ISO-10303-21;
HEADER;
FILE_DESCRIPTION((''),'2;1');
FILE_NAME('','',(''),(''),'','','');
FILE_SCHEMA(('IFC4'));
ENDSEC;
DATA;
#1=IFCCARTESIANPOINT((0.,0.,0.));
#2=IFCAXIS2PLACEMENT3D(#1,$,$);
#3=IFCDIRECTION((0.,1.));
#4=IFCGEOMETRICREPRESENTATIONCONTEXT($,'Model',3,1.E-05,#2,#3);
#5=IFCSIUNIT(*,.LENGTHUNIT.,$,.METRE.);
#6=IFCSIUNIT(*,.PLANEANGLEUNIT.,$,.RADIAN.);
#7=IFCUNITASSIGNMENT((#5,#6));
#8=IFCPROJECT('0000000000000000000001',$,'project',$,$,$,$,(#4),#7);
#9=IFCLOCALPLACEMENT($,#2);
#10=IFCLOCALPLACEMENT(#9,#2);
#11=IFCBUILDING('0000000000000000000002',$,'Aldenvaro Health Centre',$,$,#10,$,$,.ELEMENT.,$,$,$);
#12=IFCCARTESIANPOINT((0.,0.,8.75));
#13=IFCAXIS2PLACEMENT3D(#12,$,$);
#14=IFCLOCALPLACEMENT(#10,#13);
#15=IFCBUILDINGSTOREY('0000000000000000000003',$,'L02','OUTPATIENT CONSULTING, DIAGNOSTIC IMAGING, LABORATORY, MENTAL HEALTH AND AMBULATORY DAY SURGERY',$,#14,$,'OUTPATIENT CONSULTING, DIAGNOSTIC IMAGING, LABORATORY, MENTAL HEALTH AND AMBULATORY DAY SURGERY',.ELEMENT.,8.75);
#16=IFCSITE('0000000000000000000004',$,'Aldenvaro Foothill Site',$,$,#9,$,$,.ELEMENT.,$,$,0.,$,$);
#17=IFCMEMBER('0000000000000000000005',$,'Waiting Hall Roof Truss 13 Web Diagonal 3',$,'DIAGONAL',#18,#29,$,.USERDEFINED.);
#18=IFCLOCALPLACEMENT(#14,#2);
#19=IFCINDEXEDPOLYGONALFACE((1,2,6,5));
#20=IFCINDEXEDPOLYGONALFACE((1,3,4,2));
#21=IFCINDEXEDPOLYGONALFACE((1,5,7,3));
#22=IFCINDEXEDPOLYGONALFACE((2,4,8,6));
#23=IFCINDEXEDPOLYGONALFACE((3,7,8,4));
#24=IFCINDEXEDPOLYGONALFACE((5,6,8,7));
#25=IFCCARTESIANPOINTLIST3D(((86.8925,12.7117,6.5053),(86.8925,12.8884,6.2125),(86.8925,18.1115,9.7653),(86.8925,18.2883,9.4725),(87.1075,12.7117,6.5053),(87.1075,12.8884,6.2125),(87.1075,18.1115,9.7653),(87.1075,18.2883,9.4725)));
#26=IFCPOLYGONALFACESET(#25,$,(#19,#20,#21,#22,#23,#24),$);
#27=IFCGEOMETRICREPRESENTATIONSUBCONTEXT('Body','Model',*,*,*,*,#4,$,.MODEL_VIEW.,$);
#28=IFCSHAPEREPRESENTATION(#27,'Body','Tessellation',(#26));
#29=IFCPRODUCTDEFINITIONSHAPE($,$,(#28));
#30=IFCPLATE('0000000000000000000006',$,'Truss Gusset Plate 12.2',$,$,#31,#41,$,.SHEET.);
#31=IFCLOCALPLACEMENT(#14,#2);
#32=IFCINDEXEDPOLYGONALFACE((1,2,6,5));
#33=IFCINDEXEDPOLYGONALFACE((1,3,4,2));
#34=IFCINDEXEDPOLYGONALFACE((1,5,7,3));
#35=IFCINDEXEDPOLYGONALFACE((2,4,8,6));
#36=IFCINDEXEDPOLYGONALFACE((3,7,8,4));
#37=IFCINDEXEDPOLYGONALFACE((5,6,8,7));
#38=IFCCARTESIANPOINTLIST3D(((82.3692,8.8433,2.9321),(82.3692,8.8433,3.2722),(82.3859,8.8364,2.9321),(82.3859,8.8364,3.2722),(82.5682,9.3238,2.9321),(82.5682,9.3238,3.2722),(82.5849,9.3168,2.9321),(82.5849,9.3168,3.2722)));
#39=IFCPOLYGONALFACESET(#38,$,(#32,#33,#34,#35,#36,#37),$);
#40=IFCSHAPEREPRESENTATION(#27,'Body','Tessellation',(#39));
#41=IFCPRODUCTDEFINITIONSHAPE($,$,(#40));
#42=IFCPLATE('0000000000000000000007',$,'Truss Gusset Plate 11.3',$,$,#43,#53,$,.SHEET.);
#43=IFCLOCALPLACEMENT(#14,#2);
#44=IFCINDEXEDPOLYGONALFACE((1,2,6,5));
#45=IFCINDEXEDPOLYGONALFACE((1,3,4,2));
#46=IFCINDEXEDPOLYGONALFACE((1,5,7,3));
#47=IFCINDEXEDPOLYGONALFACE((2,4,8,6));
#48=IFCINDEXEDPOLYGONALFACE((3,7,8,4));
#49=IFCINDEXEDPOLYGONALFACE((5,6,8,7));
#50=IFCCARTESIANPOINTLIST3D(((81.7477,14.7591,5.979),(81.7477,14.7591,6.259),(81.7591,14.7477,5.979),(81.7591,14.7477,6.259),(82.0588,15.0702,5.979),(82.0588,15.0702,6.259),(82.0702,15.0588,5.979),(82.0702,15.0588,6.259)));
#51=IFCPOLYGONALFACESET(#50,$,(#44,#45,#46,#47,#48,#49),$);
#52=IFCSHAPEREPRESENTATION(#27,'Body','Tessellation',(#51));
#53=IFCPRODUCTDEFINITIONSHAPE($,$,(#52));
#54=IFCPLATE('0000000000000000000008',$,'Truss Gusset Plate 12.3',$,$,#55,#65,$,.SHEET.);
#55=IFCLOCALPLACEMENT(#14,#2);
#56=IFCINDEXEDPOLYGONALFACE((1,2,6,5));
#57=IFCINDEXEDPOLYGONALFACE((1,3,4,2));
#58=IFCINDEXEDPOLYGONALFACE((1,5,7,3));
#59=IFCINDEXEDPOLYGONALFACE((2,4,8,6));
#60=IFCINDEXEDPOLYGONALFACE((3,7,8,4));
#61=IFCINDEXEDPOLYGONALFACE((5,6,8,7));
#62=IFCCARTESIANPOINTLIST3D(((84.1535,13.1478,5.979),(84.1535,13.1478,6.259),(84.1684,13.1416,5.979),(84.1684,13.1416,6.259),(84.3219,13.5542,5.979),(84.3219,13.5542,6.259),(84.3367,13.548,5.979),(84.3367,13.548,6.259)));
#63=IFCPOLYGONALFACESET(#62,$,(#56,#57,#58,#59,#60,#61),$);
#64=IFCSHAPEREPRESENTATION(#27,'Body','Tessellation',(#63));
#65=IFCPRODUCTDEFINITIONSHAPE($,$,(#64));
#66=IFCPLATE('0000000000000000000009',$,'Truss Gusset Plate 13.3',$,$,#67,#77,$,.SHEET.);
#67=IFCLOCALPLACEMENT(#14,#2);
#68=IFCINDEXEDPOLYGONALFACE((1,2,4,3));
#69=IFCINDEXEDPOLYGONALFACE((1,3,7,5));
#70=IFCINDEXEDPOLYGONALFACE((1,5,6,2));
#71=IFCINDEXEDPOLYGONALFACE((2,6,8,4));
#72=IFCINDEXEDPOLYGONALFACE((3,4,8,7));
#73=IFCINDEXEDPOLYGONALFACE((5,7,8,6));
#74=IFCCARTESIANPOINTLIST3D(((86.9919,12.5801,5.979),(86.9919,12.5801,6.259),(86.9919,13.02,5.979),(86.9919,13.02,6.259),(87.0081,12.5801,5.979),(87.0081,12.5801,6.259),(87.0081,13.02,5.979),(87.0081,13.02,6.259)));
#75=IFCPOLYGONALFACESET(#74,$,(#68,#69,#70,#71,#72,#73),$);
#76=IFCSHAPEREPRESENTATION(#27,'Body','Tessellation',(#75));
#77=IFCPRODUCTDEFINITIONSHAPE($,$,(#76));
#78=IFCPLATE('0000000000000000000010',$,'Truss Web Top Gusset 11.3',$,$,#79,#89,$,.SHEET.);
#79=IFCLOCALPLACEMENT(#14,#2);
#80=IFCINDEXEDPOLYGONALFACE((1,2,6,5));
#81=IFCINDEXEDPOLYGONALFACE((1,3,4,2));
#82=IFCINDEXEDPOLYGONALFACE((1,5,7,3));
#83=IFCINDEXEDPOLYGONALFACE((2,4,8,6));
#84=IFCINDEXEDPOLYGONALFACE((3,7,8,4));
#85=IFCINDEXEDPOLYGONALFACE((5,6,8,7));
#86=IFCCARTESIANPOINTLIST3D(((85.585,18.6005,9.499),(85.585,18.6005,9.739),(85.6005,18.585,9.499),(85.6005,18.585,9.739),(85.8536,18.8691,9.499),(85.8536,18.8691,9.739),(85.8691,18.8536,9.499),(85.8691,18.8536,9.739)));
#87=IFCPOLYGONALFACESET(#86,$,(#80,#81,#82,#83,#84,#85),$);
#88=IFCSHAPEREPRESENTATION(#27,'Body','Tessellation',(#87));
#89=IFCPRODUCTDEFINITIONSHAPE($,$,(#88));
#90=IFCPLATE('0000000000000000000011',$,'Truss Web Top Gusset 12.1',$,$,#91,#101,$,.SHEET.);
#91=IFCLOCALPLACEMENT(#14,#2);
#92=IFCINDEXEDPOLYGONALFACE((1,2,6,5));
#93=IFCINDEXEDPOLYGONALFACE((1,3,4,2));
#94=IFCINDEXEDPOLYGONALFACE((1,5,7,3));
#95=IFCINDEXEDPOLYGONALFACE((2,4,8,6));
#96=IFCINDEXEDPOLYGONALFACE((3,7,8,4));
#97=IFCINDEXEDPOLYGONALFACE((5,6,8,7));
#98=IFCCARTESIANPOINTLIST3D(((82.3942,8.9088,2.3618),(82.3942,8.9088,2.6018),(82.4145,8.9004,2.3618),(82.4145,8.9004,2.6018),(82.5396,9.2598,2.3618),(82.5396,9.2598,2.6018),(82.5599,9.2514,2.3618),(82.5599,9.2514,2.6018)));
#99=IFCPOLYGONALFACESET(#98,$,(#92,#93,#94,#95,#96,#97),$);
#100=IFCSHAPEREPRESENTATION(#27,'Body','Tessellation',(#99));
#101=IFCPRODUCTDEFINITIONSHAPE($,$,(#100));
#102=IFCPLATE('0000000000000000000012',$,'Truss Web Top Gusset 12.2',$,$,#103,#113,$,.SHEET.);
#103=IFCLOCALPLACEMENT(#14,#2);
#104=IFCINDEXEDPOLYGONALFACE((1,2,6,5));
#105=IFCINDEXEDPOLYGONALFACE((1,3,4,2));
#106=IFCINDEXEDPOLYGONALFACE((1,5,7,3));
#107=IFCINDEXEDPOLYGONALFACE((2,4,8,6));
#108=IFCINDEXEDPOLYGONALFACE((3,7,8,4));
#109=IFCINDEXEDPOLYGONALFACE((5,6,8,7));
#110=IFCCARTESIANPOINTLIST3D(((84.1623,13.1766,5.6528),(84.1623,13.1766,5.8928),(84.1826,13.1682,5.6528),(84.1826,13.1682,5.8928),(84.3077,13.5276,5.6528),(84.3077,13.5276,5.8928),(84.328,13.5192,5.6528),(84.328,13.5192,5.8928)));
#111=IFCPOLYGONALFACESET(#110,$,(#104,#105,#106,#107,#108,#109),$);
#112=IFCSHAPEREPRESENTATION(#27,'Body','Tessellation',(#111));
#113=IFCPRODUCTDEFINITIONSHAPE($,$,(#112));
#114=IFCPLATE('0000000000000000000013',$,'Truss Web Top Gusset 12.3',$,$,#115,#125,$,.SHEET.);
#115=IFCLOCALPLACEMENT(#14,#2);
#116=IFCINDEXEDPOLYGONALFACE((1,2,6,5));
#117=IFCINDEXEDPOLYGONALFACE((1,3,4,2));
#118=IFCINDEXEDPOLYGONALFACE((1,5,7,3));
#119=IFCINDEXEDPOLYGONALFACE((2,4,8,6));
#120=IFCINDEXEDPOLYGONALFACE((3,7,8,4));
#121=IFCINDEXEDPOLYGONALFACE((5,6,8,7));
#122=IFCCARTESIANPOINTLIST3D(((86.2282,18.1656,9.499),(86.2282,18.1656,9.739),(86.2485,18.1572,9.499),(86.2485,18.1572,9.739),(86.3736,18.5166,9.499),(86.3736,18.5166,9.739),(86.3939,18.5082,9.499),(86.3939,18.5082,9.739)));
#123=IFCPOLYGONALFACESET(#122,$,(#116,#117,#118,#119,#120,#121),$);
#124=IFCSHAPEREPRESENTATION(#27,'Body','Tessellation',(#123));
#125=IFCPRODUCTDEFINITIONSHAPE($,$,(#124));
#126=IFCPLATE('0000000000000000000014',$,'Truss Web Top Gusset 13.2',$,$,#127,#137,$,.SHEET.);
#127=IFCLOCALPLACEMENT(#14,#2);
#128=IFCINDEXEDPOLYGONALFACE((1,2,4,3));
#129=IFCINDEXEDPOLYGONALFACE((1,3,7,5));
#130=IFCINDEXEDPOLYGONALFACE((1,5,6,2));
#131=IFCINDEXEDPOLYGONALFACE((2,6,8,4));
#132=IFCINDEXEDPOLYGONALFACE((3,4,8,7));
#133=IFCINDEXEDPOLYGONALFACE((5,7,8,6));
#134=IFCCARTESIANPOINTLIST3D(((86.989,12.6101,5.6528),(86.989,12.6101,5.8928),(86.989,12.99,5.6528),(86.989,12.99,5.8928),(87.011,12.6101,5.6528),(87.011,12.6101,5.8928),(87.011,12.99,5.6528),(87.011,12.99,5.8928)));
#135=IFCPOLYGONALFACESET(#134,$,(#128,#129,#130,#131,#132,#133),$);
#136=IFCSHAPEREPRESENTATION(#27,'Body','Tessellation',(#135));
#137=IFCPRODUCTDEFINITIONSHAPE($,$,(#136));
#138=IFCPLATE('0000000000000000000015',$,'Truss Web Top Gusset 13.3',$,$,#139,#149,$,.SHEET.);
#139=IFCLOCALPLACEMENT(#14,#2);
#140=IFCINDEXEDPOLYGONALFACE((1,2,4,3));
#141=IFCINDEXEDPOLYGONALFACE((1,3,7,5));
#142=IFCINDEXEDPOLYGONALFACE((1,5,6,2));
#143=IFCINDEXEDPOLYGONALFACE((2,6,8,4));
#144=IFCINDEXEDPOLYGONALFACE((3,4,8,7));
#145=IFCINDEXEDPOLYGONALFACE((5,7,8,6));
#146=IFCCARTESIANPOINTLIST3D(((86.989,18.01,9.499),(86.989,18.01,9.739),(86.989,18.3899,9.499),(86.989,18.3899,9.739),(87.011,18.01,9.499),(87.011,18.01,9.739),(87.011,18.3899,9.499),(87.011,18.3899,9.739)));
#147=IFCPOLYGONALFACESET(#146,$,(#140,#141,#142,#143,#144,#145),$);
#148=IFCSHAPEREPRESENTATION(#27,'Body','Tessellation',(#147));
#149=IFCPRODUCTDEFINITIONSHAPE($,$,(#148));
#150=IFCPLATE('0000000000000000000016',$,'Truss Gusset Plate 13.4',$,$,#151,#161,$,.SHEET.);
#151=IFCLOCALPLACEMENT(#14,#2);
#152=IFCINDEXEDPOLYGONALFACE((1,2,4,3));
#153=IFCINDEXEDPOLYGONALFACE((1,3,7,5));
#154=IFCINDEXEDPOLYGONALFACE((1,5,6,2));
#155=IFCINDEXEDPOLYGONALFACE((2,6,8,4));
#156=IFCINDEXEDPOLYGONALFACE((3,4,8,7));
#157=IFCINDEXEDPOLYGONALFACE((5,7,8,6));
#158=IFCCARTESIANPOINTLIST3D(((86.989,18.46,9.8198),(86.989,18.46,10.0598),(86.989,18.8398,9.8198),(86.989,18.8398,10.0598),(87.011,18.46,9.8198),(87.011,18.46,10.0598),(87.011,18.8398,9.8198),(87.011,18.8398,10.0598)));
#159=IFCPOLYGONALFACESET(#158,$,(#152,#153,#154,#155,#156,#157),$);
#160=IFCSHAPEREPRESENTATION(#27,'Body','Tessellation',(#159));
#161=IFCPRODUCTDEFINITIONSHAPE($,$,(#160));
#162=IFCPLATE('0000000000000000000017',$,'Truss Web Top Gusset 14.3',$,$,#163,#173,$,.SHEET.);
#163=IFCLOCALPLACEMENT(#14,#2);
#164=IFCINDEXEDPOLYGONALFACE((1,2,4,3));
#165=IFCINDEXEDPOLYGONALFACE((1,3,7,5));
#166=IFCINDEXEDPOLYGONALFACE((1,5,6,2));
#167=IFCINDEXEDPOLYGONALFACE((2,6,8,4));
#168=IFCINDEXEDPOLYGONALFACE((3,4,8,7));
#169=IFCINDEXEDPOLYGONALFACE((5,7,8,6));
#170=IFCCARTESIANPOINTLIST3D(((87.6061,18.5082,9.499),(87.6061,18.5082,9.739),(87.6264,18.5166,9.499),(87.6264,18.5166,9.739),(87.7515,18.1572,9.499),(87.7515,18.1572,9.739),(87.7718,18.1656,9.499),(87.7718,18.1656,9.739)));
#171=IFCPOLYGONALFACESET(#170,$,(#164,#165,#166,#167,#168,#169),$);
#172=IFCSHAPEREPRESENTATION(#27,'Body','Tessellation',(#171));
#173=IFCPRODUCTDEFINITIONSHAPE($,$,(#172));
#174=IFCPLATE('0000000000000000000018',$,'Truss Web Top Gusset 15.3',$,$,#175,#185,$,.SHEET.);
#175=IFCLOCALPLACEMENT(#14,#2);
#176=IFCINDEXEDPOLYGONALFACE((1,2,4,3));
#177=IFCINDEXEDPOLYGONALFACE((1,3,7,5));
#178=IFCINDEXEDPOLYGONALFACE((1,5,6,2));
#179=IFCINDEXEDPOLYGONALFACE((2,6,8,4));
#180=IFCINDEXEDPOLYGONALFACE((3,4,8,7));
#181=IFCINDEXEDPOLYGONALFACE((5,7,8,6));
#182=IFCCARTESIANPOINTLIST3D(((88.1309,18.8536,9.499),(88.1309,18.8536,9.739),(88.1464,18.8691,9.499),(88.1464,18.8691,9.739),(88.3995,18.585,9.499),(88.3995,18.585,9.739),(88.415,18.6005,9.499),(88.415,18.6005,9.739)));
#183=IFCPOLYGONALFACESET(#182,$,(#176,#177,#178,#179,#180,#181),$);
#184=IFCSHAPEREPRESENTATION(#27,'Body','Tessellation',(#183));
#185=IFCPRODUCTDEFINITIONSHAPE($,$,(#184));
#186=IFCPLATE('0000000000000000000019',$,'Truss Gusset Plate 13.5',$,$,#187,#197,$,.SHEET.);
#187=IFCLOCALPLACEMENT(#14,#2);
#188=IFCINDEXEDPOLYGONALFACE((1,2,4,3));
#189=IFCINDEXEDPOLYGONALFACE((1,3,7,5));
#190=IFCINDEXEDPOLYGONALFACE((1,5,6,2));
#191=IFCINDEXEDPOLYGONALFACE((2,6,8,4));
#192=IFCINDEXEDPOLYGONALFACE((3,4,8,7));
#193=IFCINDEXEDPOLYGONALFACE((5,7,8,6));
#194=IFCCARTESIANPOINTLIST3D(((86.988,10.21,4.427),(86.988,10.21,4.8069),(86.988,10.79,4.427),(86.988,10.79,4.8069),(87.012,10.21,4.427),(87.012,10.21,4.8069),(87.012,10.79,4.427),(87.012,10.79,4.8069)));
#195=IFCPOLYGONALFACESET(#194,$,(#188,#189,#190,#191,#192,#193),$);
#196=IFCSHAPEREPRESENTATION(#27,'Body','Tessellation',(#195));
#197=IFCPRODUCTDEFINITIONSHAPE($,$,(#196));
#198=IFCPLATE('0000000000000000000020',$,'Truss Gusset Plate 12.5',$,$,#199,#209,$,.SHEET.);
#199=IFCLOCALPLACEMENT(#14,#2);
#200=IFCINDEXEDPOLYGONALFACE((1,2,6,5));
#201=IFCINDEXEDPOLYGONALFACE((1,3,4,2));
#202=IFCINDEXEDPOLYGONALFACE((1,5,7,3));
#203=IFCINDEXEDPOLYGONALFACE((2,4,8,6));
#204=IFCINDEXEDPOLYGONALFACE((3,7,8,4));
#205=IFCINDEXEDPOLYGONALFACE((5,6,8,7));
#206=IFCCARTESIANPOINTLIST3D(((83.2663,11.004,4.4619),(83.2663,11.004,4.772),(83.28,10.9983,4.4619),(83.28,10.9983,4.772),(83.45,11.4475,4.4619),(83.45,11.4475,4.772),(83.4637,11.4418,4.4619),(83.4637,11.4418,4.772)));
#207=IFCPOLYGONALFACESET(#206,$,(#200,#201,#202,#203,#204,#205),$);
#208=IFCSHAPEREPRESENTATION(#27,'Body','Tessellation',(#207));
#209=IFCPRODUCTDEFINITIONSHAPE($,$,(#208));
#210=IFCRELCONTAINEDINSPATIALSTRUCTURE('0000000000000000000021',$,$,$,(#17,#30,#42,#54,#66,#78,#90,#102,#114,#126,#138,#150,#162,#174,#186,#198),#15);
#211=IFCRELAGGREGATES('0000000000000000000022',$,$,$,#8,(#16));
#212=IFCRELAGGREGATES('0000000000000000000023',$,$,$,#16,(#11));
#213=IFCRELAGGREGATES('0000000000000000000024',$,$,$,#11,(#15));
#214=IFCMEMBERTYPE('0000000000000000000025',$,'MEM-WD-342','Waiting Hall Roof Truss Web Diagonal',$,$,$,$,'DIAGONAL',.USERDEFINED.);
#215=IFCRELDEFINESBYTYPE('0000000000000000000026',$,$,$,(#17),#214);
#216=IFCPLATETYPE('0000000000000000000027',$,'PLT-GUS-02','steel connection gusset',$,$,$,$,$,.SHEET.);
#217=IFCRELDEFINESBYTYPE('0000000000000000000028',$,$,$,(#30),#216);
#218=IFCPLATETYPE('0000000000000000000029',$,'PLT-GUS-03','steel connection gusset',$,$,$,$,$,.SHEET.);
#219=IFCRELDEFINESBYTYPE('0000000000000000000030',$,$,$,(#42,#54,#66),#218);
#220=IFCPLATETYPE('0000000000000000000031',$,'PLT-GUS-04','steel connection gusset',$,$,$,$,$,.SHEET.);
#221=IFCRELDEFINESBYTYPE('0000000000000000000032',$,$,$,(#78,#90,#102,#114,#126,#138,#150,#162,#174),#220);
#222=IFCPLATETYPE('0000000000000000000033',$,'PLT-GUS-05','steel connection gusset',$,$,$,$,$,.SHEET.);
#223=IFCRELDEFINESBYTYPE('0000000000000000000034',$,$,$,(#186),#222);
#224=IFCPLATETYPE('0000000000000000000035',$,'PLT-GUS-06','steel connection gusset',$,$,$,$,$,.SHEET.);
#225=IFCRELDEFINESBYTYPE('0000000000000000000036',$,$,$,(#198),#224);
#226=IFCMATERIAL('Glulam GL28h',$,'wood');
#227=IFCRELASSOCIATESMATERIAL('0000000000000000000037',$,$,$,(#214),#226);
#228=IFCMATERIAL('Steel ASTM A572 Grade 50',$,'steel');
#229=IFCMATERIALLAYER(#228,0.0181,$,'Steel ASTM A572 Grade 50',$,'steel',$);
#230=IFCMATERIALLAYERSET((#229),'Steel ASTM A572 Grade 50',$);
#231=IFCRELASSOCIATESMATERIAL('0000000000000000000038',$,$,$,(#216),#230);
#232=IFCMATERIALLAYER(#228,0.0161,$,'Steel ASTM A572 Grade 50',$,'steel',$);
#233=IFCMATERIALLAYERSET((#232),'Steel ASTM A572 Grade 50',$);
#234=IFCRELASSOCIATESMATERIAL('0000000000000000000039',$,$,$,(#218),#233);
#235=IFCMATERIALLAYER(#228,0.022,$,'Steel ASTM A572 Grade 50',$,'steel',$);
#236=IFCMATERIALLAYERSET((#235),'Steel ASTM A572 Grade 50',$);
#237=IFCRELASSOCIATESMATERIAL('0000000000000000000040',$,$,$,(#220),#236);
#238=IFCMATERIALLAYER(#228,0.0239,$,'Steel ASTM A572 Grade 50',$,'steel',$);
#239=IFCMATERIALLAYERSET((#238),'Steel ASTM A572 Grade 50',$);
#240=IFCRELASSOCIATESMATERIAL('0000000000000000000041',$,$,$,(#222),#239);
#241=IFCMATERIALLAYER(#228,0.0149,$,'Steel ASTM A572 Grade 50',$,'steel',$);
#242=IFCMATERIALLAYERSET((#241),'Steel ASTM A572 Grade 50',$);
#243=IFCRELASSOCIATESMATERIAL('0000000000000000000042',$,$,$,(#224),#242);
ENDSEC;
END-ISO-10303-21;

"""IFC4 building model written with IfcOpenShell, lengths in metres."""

from ifc_helpers import new_model, si_unit, direction, frame, origin, origin_2d, place, context, subcontext, project, spatial, rectangle, extrude, material, layer, layer_set, material_profile, profile_set, type_object, element, save


model = new_model("IFC4")

# Units and contexts
model_context = context("Model", 3, precision=1e-05, world=origin(), true_north=direction((0.0, 1.0)))
body_context = subcontext(model_context, "Body", "Model", "MODEL_VIEW")
ifc_project = project(units=[si_unit("LENGTHUNIT", "METRE"), si_unit("PLANEANGLEUNIT", "RADIAN")], contexts=[model_context])

# Site, building, storey
site_placement = place(None, origin())
site = spatial("IfcSite", under=ifc_project, at=site_placement, Name="Aldenvaro Foothill Site", CompositionType="ELEMENT", RefElevation=0.0)
building_placement = place(site_placement, origin())
building = spatial("IfcBuilding", under=site, at=building_placement, Name="Aldenvaro Health Centre", CompositionType="ELEMENT")
storey_placement = place(building_placement, frame((0.0, 0.0, 8.75)))
storey = spatial("IfcBuildingStorey", under=building, at=storey_placement, Name="L02", Description="OUTPATIENT CONSULTING, DIAGNOSTIC IMAGING, LABORATORY, MENTAL HEALTH AND AMBULATORY DAY SURGERY", LongName="OUTPATIENT CONSULTING, DIAGNOSTIC IMAGING, LABORATORY, MENTAL HEALTH AND AMBULATORY DAY SURGERY", CompositionType="ELEMENT", Elevation=8.75)

# Member
ifc_material_1 = material(Name="Glulam GL28h", Category="wood")
ifc_material_profile_1 = material_profile(ifc_material_1, rectangle(XDim=0.2151, YDim=0.342, at=origin_2d()), Name="GL 215x342", Category="wood")
ifc_profile_set_1 = profile_set([ifc_material_profile_1], Name="Glulam GL28h")
member_type_1 = type_object("IfcMemberType", Name="MEM-WD-342", Description="Waiting Hall Roof Truss Web Diagonal", ElementType="DIAGONAL", PredefinedType="USERDEFINED", material=ifc_profile_set_1)
for number, where, z_axis, x_axis, name in (
    (1, (87.0, 12.8, 6.3589), (0.0, 0.856086, 0.516833), (-1.0, 0.0, 0.0), "Waiting Hall Roof Truss 13 Web Diagonal 3"),
):
    element("IfcMember", number, at=place(storey_placement, frame(where, z_axis=z_axis, x_axis=x_axis)), inside=storey, type_object=member_type_1, Name=name, ObjectType="DIAGONAL", PredefinedType="USERDEFINED", context=body_context, shape_type="SweptSolid", body=[
        extrude(rectangle(XDim=0.2151, YDim=0.342, at=origin_2d()), origin(), (0.0, 0.0, 1.0), 6.3076),
    ])

# Plates
ifc_material_2 = material(Name="Steel ASTM A572 Grade 50", Category="steel")
ifc_layer_1 = layer(ifc_material_2, 0.0181, Name="Steel ASTM A572 Grade 50", Category="steel")
ifc_layer_set_1 = layer_set([ifc_layer_1], Name="Steel ASTM A572 Grade 50")
plate_type_1 = type_object("IfcPlateType", Name="PLT-GUS-02", Description="steel connection gusset", PredefinedType="SHEET", material=ifc_layer_set_1)
plate_1_placement = place(storey_placement, frame((82.4771, 9.0801, 2.9321), z_axis=(0.0, 0.0, 1.0), x_axis=(-0.382683, -0.92388, 0.0)))
element("IfcPlate", 2, at=plate_1_placement, inside=storey, type_object=plate_type_1, Name="Truss Gusset Plate 12.2", PredefinedType="SHEET", context=body_context, shape_type="SweptSolid", body=[
    extrude(rectangle(XDim=0.52, YDim=0.0181, at=origin_2d()), origin(), (0.0, 0.0, 1.0), 0.3401),
])
ifc_layer_2 = layer(ifc_material_2, 0.0161, Name="Steel ASTM A572 Grade 50", Category="steel")
ifc_layer_set_2 = layer_set([ifc_layer_2], Name="Steel ASTM A572 Grade 50")
plate_type_2 = type_object("IfcPlateType", Name="PLT-GUS-03", Description="steel connection gusset", PredefinedType="SHEET", material=ifc_layer_set_2)
for number, where, z_axis, x_axis, name in (
    (3, (81.9089, 14.9089, 5.979), (0.0, 0.0, 1.0), (-0.707107, -0.707107, 0.0), "Truss Gusset Plate 11.3"),
    (4, (84.2451, 13.3479, 5.979), (0.0, 0.0, 1.0), (-0.382683, -0.92388, 0.0), "Truss Gusset Plate 12.3"),
    (5, (87.0, 12.8, 5.979), (0.0, 0.0, 1.0), (0.0, -1.0, 0.0), "Truss Gusset Plate 13.3"),
):
    element("IfcPlate", number, at=place(storey_placement, frame(where, z_axis=z_axis, x_axis=x_axis)), inside=storey, type_object=plate_type_2, Name=name, PredefinedType="SHEET", context=body_context, shape_type="SweptSolid", body=[
        extrude(rectangle(XDim=0.4399, YDim=0.0161, at=origin_2d()), origin(), (0.0, 0.0, 1.0), 0.28),
    ])
ifc_layer_3 = layer(ifc_material_2, 0.022, Name="Steel ASTM A572 Grade 50", Category="steel")
ifc_layer_set_3 = layer_set([ifc_layer_3], Name="Steel ASTM A572 Grade 50")
plate_type_3 = type_object("IfcPlateType", Name="PLT-GUS-04", Description="steel connection gusset", PredefinedType="SHEET", material=ifc_layer_set_3)
for number, where, z_axis, x_axis, name in (
    (6, (85.7271, 18.7271, 9.499), (0.0, 0.0, 1.0), (-0.707107, -0.707107, 0.0), "Truss Web Top Gusset 11.3"),
    (7, (82.4771, 9.0801, 2.3618), (0.0, 0.0, 1.0), (-0.382683, -0.92388, 0.0), "Truss Web Top Gusset 12.1"),
    (8, (84.2451, 13.3479, 5.6528), (0.0, 0.0, 1.0), (-0.382683, -0.92388, 0.0), "Truss Web Top Gusset 12.2"),
    (9, (86.311, 18.3369, 9.499), (0.0, 0.0, 1.0), (-0.382683, -0.92388, 0.0), "Truss Web Top Gusset 12.3"),
    (10, (87.0, 12.8, 5.6528), (0.0, 0.0, 1.0), (0.0, -1.0, 0.0), "Truss Web Top Gusset 13.2"),
    (11, (87.0, 18.2, 9.499), (0.0, 0.0, 1.0), (0.0, -1.0, 0.0), "Truss Web Top Gusset 13.3"),
    (12, (87.0, 18.6499, 9.8198), (0.0, 0.0, 1.0), (0.0, -1.0, 0.0), "Truss Gusset Plate 13.4"),
    (13, (87.689, 18.3369, 9.499), (0.0, 0.0, 1.0), (0.382683, -0.92388, 0.0), "Truss Web Top Gusset 14.3"),
    (14, (88.2729, 18.7271, 9.499), (0.0, 0.0, 1.0), (0.707107, -0.707107, 0.0), "Truss Web Top Gusset 15.3"),
):
    element("IfcPlate", number, at=place(storey_placement, frame(where, z_axis=z_axis, x_axis=x_axis)), inside=storey, type_object=plate_type_3, Name=name, PredefinedType="SHEET", context=body_context, shape_type="SweptSolid", body=[
        extrude(rectangle(XDim=0.3799, YDim=0.022, at=origin_2d()), origin(), (0.0, 0.0, 1.0), 0.24),
    ])
ifc_layer_4 = layer(ifc_material_2, 0.0239, Name="Steel ASTM A572 Grade 50", Category="steel")
ifc_layer_set_4 = layer_set([ifc_layer_4], Name="Steel ASTM A572 Grade 50")
plate_type_4 = type_object("IfcPlateType", Name="PLT-GUS-05", Description="steel connection gusset", PredefinedType="SHEET", material=ifc_layer_set_4)
plate_2_placement = place(storey_placement, frame((87.0, 10.5, 4.427), z_axis=(0.0, 0.0, 1.0), x_axis=(0.0, -1.0, 0.0)))
element("IfcPlate", 15, at=plate_2_placement, inside=storey, type_object=plate_type_4, Name="Truss Gusset Plate 13.5", PredefinedType="SHEET", context=body_context, shape_type="SweptSolid", body=[
    extrude(rectangle(XDim=0.5801, YDim=0.0239, at=origin_2d()), origin(), (0.0, 0.0, 1.0), 0.3799),
])
ifc_layer_5 = layer(ifc_material_2, 0.0149, Name="Steel ASTM A572 Grade 50", Category="steel")
ifc_layer_set_5 = layer_set([ifc_layer_5], Name="Steel ASTM A572 Grade 50")
plate_type_5 = type_object("IfcPlateType", Name="PLT-GUS-06", Description="steel connection gusset", PredefinedType="SHEET", material=ifc_layer_set_5)
plate_3_placement = place(storey_placement, frame((83.365, 11.2229, 4.4619), z_axis=(0.0, 0.0, 1.0), x_axis=(-0.382683, -0.92388, 0.0)))
element("IfcPlate", 16, at=plate_3_placement, inside=storey, type_object=plate_type_5, Name="Truss Gusset Plate 12.5", PredefinedType="SHEET", context=body_context, shape_type="SweptSolid", body=[
    extrude(rectangle(XDim=0.48, YDim=0.0149, at=origin_2d()), origin(), (0.0, 0.0, 1.0), 0.3101),
])

save(model, "model.ifc")
